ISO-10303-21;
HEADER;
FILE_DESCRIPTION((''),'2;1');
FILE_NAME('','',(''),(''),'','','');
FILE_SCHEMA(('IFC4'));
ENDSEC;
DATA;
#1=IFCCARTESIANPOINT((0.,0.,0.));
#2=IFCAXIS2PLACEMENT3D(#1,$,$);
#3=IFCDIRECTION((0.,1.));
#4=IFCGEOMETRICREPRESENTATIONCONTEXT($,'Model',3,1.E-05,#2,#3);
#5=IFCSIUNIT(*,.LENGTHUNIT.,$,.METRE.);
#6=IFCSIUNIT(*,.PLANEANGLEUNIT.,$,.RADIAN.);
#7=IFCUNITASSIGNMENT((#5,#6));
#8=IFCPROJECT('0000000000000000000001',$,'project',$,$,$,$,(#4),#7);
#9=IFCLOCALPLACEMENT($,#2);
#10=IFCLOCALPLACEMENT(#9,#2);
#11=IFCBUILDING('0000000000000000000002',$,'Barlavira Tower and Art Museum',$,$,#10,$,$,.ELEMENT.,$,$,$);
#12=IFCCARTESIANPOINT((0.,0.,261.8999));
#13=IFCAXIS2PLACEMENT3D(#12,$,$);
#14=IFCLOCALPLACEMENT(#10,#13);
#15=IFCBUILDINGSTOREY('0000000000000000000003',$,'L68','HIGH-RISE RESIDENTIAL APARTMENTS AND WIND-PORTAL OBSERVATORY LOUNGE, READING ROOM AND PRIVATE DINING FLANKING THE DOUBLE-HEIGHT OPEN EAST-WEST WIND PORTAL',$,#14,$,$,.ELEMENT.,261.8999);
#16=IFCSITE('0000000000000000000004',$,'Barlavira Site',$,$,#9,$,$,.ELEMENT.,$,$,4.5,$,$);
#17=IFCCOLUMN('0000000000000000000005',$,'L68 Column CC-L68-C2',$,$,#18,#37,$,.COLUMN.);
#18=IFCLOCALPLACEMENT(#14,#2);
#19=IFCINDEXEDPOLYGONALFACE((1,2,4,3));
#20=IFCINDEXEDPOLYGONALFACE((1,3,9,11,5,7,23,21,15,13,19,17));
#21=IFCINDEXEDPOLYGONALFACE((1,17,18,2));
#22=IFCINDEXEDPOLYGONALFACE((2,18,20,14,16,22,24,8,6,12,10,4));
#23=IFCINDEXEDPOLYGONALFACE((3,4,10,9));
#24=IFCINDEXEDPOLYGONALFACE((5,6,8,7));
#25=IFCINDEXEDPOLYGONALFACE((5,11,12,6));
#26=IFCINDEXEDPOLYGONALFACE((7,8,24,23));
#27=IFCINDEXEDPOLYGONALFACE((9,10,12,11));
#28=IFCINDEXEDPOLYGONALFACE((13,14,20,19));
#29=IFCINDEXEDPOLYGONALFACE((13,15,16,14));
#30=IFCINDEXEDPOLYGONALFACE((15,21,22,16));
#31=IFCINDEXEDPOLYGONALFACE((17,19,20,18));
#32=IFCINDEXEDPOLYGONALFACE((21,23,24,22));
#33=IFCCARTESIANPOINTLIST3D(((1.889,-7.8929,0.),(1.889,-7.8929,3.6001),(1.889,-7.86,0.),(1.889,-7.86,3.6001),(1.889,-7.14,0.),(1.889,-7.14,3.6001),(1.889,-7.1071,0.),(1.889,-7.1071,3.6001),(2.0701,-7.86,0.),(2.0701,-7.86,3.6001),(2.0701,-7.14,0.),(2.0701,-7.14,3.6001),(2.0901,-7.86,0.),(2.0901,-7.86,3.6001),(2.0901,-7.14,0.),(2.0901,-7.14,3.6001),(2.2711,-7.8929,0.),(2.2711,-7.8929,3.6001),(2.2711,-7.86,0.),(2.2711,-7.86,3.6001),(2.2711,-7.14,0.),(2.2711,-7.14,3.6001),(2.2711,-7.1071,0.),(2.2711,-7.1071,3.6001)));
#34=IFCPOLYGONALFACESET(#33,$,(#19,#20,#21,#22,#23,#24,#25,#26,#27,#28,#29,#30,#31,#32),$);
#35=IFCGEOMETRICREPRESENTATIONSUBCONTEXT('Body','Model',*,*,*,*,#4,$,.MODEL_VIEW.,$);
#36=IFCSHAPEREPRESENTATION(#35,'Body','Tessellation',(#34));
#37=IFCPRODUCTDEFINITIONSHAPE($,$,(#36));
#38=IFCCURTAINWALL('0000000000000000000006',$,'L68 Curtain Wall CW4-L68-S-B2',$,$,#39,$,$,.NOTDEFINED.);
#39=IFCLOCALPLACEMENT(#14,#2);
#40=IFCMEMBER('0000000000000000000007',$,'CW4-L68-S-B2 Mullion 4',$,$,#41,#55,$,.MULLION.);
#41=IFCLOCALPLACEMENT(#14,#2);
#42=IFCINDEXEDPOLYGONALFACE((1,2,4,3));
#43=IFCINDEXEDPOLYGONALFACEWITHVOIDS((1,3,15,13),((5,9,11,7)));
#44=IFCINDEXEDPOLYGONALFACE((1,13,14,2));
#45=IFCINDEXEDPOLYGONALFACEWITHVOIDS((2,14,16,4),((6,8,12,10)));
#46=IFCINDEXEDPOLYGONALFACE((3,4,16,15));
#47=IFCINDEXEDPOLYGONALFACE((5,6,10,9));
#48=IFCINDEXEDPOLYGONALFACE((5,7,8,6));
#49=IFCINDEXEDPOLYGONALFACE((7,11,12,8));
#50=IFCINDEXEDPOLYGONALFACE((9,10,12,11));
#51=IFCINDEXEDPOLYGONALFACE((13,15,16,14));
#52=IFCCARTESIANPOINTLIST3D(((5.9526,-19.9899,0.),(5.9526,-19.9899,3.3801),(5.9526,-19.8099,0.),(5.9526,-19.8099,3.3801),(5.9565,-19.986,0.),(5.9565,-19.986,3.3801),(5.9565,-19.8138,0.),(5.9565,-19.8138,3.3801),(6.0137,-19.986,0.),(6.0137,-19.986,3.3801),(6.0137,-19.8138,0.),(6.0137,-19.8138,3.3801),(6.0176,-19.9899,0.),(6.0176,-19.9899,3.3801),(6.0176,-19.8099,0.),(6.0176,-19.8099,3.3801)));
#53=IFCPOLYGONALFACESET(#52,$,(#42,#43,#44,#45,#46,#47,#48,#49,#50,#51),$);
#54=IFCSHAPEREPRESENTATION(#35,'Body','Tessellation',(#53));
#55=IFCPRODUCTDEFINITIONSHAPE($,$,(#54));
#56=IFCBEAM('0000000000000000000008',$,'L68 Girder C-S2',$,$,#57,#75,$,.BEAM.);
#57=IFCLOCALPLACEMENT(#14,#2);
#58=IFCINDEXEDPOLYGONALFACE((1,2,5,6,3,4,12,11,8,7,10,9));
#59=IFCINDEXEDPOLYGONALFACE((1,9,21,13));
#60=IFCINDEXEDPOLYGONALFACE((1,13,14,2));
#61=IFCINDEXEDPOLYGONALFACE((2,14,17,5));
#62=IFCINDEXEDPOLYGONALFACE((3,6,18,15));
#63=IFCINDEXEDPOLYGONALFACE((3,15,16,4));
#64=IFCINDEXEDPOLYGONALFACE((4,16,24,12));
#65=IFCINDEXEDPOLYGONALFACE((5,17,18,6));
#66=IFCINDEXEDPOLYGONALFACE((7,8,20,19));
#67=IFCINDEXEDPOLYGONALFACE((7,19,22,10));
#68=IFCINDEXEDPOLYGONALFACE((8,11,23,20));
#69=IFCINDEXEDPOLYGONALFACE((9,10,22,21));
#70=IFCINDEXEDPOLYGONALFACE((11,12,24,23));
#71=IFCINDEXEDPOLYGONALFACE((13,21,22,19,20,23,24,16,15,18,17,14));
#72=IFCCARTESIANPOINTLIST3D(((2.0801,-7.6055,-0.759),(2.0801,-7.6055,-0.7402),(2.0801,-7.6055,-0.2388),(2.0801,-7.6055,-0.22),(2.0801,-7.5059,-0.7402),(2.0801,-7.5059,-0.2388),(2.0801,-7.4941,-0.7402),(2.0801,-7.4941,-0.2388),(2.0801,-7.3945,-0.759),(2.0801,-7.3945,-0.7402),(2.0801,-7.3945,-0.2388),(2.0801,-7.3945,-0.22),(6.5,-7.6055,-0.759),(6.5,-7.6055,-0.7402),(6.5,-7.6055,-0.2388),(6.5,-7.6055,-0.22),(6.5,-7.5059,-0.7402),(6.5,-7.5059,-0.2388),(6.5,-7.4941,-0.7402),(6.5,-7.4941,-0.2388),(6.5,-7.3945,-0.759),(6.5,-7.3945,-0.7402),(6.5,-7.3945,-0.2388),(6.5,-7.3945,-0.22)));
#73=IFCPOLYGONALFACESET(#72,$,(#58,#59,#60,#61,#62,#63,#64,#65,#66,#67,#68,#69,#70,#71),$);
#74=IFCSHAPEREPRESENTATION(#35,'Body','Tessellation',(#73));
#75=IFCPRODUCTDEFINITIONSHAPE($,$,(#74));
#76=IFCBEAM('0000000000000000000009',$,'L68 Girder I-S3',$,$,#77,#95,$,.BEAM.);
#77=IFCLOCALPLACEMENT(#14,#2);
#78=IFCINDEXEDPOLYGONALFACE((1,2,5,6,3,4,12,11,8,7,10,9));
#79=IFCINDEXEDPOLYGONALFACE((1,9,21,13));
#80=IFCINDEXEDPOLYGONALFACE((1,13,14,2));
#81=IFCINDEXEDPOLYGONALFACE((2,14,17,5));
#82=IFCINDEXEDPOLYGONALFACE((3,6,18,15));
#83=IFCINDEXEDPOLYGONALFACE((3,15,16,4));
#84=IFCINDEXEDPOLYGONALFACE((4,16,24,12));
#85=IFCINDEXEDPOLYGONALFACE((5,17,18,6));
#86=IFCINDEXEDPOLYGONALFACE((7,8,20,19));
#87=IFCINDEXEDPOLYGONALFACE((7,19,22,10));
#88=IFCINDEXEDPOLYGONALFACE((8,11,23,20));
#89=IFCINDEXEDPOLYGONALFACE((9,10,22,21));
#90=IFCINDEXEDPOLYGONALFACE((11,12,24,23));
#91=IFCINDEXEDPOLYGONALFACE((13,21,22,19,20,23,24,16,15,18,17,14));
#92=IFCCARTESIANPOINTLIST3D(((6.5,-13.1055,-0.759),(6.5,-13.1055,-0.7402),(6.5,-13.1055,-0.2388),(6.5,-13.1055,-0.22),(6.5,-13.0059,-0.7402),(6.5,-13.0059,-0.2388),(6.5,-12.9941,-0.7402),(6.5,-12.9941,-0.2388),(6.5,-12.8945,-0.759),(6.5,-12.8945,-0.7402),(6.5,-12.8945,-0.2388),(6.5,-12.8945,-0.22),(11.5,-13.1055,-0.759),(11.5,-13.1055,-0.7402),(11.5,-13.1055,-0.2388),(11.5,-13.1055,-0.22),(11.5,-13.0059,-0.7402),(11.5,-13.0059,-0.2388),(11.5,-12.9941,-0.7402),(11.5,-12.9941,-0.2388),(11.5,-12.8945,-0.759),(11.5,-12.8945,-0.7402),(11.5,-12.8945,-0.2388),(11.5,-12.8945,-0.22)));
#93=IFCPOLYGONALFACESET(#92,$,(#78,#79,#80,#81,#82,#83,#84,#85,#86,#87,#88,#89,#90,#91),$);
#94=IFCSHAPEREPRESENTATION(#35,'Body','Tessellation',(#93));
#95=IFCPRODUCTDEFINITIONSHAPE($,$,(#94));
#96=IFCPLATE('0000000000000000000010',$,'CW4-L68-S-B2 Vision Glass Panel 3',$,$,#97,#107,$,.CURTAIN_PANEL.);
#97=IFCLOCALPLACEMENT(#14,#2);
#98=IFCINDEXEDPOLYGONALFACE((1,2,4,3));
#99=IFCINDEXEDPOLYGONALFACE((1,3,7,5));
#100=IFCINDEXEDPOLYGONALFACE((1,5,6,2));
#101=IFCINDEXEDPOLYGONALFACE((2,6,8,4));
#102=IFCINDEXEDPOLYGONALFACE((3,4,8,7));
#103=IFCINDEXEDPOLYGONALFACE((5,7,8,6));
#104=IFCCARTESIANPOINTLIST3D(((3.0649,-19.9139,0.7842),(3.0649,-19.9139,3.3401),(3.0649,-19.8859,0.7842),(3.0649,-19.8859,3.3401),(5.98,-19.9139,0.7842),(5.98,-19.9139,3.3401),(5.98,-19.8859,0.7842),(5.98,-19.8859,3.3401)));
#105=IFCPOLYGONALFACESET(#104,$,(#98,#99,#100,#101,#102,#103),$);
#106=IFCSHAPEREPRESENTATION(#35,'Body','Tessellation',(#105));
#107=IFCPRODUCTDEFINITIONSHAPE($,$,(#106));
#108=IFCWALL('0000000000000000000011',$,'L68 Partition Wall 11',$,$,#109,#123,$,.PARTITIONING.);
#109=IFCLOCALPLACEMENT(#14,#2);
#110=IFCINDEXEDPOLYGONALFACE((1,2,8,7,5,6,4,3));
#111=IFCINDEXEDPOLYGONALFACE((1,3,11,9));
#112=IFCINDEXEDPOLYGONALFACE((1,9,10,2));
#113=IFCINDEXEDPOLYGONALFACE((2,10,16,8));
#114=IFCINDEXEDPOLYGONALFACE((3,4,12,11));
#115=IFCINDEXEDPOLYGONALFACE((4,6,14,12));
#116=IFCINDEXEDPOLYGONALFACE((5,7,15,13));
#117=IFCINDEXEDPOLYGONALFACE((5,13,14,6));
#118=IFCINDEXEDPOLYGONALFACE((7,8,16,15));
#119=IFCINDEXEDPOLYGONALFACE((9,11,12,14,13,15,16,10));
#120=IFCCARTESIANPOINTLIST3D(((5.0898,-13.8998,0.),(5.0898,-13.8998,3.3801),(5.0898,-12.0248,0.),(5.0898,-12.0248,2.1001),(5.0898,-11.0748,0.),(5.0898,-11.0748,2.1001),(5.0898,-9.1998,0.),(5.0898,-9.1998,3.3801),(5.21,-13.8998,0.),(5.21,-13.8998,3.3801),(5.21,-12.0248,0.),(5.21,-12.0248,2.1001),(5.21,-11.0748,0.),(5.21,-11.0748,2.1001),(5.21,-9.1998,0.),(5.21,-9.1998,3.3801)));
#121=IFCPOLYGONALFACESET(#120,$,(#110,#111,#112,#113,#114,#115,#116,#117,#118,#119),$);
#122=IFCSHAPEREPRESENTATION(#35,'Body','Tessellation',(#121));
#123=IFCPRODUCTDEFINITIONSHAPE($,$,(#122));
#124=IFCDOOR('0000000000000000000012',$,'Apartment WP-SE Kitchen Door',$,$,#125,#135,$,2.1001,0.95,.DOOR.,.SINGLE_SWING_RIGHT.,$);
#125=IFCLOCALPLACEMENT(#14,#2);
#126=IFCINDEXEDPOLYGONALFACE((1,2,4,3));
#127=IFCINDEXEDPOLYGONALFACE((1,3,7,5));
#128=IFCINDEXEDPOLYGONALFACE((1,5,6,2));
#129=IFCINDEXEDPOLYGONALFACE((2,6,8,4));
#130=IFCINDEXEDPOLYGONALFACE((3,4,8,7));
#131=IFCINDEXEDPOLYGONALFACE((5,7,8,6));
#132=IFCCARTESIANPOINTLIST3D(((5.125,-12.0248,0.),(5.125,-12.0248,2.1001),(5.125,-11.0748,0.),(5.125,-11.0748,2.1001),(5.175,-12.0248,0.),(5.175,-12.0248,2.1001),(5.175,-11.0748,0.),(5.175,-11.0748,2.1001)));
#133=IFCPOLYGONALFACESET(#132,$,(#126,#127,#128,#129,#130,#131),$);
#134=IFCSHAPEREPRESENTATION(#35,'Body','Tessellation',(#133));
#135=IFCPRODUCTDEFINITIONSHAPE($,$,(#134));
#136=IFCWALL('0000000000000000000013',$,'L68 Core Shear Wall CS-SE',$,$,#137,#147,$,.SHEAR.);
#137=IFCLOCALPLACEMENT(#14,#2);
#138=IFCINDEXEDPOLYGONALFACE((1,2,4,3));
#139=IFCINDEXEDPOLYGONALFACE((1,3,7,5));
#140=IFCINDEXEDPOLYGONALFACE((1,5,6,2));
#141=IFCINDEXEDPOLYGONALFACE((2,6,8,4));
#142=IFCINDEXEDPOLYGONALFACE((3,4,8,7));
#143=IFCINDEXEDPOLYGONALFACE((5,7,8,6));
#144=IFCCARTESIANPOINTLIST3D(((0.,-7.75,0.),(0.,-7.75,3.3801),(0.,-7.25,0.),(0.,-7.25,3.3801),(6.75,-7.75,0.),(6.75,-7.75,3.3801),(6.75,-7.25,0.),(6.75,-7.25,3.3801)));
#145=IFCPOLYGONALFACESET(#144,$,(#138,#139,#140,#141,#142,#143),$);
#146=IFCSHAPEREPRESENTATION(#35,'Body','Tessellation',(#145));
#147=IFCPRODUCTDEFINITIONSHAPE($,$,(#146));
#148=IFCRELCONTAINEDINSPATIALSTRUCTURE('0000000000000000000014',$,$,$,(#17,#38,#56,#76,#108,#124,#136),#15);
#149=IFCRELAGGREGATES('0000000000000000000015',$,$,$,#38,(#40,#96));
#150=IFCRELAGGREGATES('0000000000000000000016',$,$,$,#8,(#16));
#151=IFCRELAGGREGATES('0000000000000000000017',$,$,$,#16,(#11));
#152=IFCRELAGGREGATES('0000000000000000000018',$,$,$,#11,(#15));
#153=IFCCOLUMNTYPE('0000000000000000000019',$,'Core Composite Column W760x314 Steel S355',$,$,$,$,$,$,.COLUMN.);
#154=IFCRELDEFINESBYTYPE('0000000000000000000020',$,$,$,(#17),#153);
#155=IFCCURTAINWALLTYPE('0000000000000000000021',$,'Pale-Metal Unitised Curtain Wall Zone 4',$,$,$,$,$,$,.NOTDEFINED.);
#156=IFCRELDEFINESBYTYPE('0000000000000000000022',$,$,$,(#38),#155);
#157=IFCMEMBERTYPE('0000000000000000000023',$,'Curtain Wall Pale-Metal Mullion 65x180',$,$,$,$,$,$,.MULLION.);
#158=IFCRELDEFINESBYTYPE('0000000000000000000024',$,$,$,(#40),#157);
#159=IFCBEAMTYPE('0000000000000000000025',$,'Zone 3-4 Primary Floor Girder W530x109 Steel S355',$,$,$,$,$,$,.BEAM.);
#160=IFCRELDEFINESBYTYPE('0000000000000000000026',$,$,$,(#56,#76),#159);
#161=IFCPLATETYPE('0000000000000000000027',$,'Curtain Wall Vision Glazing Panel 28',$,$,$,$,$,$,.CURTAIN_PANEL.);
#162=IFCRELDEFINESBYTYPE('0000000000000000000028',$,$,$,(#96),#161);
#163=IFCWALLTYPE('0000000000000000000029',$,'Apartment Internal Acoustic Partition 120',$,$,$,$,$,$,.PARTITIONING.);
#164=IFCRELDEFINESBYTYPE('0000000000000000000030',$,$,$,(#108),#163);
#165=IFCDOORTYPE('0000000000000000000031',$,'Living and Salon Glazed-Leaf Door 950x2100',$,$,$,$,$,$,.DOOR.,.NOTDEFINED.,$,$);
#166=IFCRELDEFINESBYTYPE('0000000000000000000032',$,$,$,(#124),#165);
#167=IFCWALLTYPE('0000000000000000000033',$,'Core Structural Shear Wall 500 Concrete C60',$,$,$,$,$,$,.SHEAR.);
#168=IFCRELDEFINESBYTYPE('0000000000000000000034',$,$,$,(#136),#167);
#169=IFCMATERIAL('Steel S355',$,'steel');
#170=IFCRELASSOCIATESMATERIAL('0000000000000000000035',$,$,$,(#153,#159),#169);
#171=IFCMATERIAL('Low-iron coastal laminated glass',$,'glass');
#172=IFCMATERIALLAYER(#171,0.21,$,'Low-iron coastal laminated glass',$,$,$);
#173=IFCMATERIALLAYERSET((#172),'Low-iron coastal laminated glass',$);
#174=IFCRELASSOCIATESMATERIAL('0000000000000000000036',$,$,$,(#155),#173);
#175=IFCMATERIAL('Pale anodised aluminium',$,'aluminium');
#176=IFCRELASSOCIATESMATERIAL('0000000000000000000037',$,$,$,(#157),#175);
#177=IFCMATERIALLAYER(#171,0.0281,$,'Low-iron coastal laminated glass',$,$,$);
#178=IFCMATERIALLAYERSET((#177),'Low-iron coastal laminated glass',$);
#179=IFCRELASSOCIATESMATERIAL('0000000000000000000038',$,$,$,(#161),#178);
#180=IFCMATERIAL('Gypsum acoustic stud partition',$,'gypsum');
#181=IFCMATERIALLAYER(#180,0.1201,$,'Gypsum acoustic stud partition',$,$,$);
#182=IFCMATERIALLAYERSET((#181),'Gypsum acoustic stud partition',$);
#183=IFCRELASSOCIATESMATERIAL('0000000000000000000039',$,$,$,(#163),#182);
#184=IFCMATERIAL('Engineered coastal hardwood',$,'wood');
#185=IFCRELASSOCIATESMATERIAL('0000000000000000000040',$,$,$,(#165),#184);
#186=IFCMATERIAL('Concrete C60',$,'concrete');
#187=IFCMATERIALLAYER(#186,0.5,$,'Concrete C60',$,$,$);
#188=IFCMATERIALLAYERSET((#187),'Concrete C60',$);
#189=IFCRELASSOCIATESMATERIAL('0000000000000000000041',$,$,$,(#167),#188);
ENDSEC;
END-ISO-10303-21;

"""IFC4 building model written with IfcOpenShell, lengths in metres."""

from ifc_helpers import new_model, si_unit, direction, frame, frame_2d, origin, origin_2d, place, context, subcontext, project, spatial, rectangle, hollow_rectangle, i_section, extrude, material, layer, layer_set, material_profile, profile_set, type_object, element, fill, aggregate, save


model = new_model("IFC4")

# Units and contexts
model_context = context("Model", 3, precision=1e-05, world=origin(), true_north=direction((0.0, 1.0)))
body_context = subcontext(model_context, "Body", "Model", "MODEL_VIEW")
ifc_project = project(units=[si_unit("LENGTHUNIT", "METRE"), si_unit("PLANEANGLEUNIT", "RADIAN")], contexts=[model_context])

# Site, building, storey
site_placement = place(None, origin())
site = spatial("IfcSite", under=ifc_project, at=site_placement, Name="Barlavira Site", CompositionType="ELEMENT", RefElevation=4.5)
building_placement = place(site_placement, origin())
building = spatial("IfcBuilding", under=site, at=building_placement, Name="Barlavira Tower and Art Museum", CompositionType="ELEMENT")
storey_placement = place(building_placement, frame((0.0, 0.0, 261.8999)))
storey = spatial("IfcBuildingStorey", under=building, at=storey_placement, Name="L68", Description="HIGH-RISE RESIDENTIAL APARTMENTS AND WIND-PORTAL OBSERVATORY LOUNGE, READING ROOM AND PRIVATE DINING FLANKING THE DOUBLE-HEIGHT OPEN EAST-WEST WIND PORTAL", CompositionType="ELEMENT", Elevation=261.8999)

# Column
ifc_material_1 = material(Name="Steel S355", Category="steel")
ifc_material_profile_1 = material_profile(ifc_material_1, i_section(OverallWidth=0.3821, OverallDepth=0.7859, WebThickness=0.02, FlangeThickness=0.033, at=origin_2d()), Name="W760x314.0")
ifc_profile_set_1 = profile_set([ifc_material_profile_1], Name="Steel S355")
column_type = type_object("IfcColumnType", Name="Core Composite Column W760x314 Steel S355", PredefinedType="COLUMN", material=ifc_profile_set_1)
column_placement = place(storey_placement, frame((2.0801, -7.5, 0.0), z_axis=(0.0, 0.0, 1.0), x_axis=(1.0, 0.0, 0.0)))
element("IfcColumn", 1, at=column_placement, inside=storey, type_object=column_type, Name="L68 Column CC-L68-C2", PredefinedType="COLUMN", context=body_context, shape_type="SweptSolid", body=[
    extrude(i_section(OverallWidth=0.3821, OverallDepth=0.7859, WebThickness=0.02, FlangeThickness=0.033, at=origin_2d()), origin(), (0.0, 0.0, 1.0), 3.6001),
])

# Curtain wall, member
ifc_material_2 = material(Name="Low-iron coastal laminated glass", Category="glass")
ifc_layer_1 = layer(ifc_material_2, 0.21, Name="Low-iron coastal laminated glass")
ifc_layer_set_1 = layer_set([ifc_layer_1], Name="Low-iron coastal laminated glass")
curtain_wall_type = type_object("IfcCurtainWallType", Name="Pale-Metal Unitised Curtain Wall Zone 4", PredefinedType="NOTDEFINED", material=ifc_layer_set_1)
curtain_wall_placement = place(storey_placement, origin())
curtain_wall = element("IfcCurtainWall", 2, at=curtain_wall_placement, inside=storey, type_object=curtain_wall_type, Name="L68 Curtain Wall CW4-L68-S-B2", PredefinedType="NOTDEFINED")
ifc_material_3 = material(Name="Pale anodised aluminium", Category="aluminium")
ifc_material_profile_2 = material_profile(ifc_material_3, hollow_rectangle(XDim=0.0649, YDim=0.1799, WallThickness=0.0039, at=origin_2d()), Name="ALU-MULL 65x180x4")
ifc_profile_set_2 = profile_set([ifc_material_profile_2], Name="Pale anodised aluminium")
member_type = type_object("IfcMemberType", Name="Curtain Wall Pale-Metal Mullion 65x180", PredefinedType="MULLION", material=ifc_profile_set_2)
member_placement = place(storey_placement, frame((5.9851, -19.8999, 0.0), z_axis=(0.0, 0.0, 1.0), x_axis=(1.0, 0.0, 0.0)))
member = element("IfcMember", 3, at=member_placement, type_object=member_type, Name="CW4-L68-S-B2 Mullion 4", PredefinedType="MULLION", context=body_context, shape_type="SweptSolid", body=[
    extrude(hollow_rectangle(XDim=0.0649, YDim=0.1799, WallThickness=0.0039, at=origin_2d()), origin(), (0.0, 0.0, 1.0), 3.3801),
])

# Beams
ifc_material_profile_3 = material_profile(ifc_material_1, i_section(OverallWidth=0.2109, OverallDepth=0.5391, WebThickness=0.0117, FlangeThickness=0.0188, at=origin_2d()), Name="W530x109.0")
ifc_profile_set_3 = profile_set([ifc_material_profile_3], Name="Steel S355")
beam_type = type_object("IfcBeamType", Name="Zone 3-4 Primary Floor Girder W530x109 Steel S355", PredefinedType="BEAM", material=ifc_profile_set_3)
beam_1_placement = place(storey_placement, frame((2.0801, -7.5, -0.4895), z_axis=(1.0, 0.0, 0.0), x_axis=(0.0, 1.0, 0.0)))
element("IfcBeam", 4, at=beam_1_placement, inside=storey, type_object=beam_type, Name="L68 Girder C-S2", PredefinedType="BEAM", context=body_context, shape_type="SweptSolid", body=[
    extrude(i_section(OverallWidth=0.2109, OverallDepth=0.5391, WebThickness=0.0117, FlangeThickness=0.0188, at=origin_2d()), origin(), (0.0, 0.0, 1.0), 4.4199),
])
beam_2_placement = place(storey_placement, frame((6.5, -13.0, -0.4895), z_axis=(1.0, 0.0, 0.0), x_axis=(0.0, 1.0, 0.0)))
element("IfcBeam", 5, at=beam_2_placement, inside=storey, type_object=beam_type, Name="L68 Girder I-S3", PredefinedType="BEAM", context=body_context, shape_type="SweptSolid", body=[
    extrude(i_section(OverallWidth=0.2109, OverallDepth=0.5391, WebThickness=0.0117, FlangeThickness=0.0188, at=origin_2d()), origin(), (0.0, 0.0, 1.0), 5.0),
])

# Plate
ifc_layer_2 = layer(ifc_material_2, 0.0281, Name="Low-iron coastal laminated glass")
ifc_layer_set_2 = layer_set([ifc_layer_2], Name="Low-iron coastal laminated glass")
plate_type = type_object("IfcPlateType", Name="Curtain Wall Vision Glazing Panel 28", PredefinedType="CURTAIN_PANEL", material=ifc_layer_set_2)
plate_placement = place(storey_placement, frame((4.5225, -19.8999, 0.7842), z_axis=(0.0, 0.0, 1.0), x_axis=(1.0, 0.0, 0.0)))
plate = element("IfcPlate", 6, at=plate_placement, type_object=plate_type, Name="CW4-L68-S-B2 Vision Glass Panel 3", PredefinedType="CURTAIN_PANEL", context=body_context, shape_type="SweptSolid", body=[
    extrude(rectangle(XDim=2.915, YDim=0.0281, at=origin_2d()), origin(), (0.0, 0.0, 1.0), 2.5559),
])
aggregate(curtain_wall, [member, plate])

# Wall, opening, door
ifc_material_4 = material(Name="Gypsum acoustic stud partition", Category="gypsum")
ifc_layer_3 = layer(ifc_material_4, 0.1201, Name="Gypsum acoustic stud partition")
ifc_layer_set_3 = layer_set([ifc_layer_3], Name="Gypsum acoustic stud partition")
wall_type_1 = type_object("IfcWallType", Name="Apartment Internal Acoustic Partition 120", PredefinedType="PARTITIONING", material=ifc_layer_set_3)
wall_1_placement = place(storey_placement, frame((5.1499, -13.8999, 0.0), z_axis=(0.0, 0.0, 1.0), x_axis=(0.0, 1.0, 0.0)))
wall_1 = element("IfcWall", 7, at=wall_1_placement, inside=storey, type_object=wall_type_1, Name="L68 Partition Wall 11", PredefinedType="PARTITIONING", context=body_context, shape_type="SweptSolid", body=[
    extrude(rectangle(XDim=4.7, YDim=0.1201, at=frame_2d((2.3501, 0.0))), origin(), (0.0, 0.0, 1.0), 3.3801),
])
opening_1_placement = place(wall_1_placement, frame((1.875, 0.0, 0.0)))
opening_1 = element("IfcOpeningElement", 8, at=opening_1_placement, cuts=wall_1, PredefinedType="OPENING", context=body_context, shape_type="SweptSolid", body=[
    extrude(rectangle(XDim=0.95, YDim=2.1001, at=frame_2d((0.4751, 1.05))), frame((0.0, 0.0701, 0.0), z_axis=(0.0, -1.0, 0.0), x_axis=(1.0, 0.0, 0.0)), (0.0, 0.0, 1.0), 0.1401),
])
ifc_material_5 = material(Name="Engineered coastal hardwood", Category="wood")
door_type_1 = type_object("IfcDoorType", Name="Living and Salon Glazed-Leaf Door 950x2100", OperationType="NOTDEFINED", PredefinedType="DOOR", material=ifc_material_5)
door_1_placement = place(opening_1_placement, origin())
door_1 = element("IfcDoor", 9, at=door_1_placement, inside=storey, type_object=door_type_1, Name="Apartment WP-SE Kitchen Door", OperationType="SINGLE_SWING_RIGHT", OverallHeight=2.1001, OverallWidth=0.95, PredefinedType="DOOR", context=body_context, shape_type="SweptSolid", body=[
    extrude(rectangle(XDim=0.95, YDim=2.1001, at=frame_2d((0.4751, 1.05))), frame((0.0, 0.0249, 0.0), z_axis=(0.0, -1.0, 0.0), x_axis=(1.0, 0.0, 0.0)), (0.0, 0.0, 1.0), 0.05),
])
fill(opening_1, door_1)

# Wall
ifc_material_6 = material(Name="Concrete C60", Category="concrete")
ifc_layer_4 = layer(ifc_material_6, 0.5, Name="Concrete C60")
ifc_layer_set_4 = layer_set([ifc_layer_4], Name="Concrete C60")
wall_type_2 = type_object("IfcWallType", Name="Core Structural Shear Wall 500 Concrete C60", PredefinedType="SHEAR", material=ifc_layer_set_4)
wall_2_placement = place(storey_placement, frame((0.0, -7.5, 0.0), z_axis=(0.0, 0.0, 1.0), x_axis=(1.0, 0.0, 0.0)))
element("IfcWall", 10, at=wall_2_placement, inside=storey, type_object=wall_type_2, Name="L68 Core Shear Wall CS-SE", PredefinedType="SHEAR", context=body_context, shape_type="SweptSolid", body=[
    extrude(rectangle(XDim=6.75, YDim=0.5, at=frame_2d((3.375, 0.0))), origin(), (0.0, 0.0, 1.0), 3.3801),
])

save(model, "model.ifc")
